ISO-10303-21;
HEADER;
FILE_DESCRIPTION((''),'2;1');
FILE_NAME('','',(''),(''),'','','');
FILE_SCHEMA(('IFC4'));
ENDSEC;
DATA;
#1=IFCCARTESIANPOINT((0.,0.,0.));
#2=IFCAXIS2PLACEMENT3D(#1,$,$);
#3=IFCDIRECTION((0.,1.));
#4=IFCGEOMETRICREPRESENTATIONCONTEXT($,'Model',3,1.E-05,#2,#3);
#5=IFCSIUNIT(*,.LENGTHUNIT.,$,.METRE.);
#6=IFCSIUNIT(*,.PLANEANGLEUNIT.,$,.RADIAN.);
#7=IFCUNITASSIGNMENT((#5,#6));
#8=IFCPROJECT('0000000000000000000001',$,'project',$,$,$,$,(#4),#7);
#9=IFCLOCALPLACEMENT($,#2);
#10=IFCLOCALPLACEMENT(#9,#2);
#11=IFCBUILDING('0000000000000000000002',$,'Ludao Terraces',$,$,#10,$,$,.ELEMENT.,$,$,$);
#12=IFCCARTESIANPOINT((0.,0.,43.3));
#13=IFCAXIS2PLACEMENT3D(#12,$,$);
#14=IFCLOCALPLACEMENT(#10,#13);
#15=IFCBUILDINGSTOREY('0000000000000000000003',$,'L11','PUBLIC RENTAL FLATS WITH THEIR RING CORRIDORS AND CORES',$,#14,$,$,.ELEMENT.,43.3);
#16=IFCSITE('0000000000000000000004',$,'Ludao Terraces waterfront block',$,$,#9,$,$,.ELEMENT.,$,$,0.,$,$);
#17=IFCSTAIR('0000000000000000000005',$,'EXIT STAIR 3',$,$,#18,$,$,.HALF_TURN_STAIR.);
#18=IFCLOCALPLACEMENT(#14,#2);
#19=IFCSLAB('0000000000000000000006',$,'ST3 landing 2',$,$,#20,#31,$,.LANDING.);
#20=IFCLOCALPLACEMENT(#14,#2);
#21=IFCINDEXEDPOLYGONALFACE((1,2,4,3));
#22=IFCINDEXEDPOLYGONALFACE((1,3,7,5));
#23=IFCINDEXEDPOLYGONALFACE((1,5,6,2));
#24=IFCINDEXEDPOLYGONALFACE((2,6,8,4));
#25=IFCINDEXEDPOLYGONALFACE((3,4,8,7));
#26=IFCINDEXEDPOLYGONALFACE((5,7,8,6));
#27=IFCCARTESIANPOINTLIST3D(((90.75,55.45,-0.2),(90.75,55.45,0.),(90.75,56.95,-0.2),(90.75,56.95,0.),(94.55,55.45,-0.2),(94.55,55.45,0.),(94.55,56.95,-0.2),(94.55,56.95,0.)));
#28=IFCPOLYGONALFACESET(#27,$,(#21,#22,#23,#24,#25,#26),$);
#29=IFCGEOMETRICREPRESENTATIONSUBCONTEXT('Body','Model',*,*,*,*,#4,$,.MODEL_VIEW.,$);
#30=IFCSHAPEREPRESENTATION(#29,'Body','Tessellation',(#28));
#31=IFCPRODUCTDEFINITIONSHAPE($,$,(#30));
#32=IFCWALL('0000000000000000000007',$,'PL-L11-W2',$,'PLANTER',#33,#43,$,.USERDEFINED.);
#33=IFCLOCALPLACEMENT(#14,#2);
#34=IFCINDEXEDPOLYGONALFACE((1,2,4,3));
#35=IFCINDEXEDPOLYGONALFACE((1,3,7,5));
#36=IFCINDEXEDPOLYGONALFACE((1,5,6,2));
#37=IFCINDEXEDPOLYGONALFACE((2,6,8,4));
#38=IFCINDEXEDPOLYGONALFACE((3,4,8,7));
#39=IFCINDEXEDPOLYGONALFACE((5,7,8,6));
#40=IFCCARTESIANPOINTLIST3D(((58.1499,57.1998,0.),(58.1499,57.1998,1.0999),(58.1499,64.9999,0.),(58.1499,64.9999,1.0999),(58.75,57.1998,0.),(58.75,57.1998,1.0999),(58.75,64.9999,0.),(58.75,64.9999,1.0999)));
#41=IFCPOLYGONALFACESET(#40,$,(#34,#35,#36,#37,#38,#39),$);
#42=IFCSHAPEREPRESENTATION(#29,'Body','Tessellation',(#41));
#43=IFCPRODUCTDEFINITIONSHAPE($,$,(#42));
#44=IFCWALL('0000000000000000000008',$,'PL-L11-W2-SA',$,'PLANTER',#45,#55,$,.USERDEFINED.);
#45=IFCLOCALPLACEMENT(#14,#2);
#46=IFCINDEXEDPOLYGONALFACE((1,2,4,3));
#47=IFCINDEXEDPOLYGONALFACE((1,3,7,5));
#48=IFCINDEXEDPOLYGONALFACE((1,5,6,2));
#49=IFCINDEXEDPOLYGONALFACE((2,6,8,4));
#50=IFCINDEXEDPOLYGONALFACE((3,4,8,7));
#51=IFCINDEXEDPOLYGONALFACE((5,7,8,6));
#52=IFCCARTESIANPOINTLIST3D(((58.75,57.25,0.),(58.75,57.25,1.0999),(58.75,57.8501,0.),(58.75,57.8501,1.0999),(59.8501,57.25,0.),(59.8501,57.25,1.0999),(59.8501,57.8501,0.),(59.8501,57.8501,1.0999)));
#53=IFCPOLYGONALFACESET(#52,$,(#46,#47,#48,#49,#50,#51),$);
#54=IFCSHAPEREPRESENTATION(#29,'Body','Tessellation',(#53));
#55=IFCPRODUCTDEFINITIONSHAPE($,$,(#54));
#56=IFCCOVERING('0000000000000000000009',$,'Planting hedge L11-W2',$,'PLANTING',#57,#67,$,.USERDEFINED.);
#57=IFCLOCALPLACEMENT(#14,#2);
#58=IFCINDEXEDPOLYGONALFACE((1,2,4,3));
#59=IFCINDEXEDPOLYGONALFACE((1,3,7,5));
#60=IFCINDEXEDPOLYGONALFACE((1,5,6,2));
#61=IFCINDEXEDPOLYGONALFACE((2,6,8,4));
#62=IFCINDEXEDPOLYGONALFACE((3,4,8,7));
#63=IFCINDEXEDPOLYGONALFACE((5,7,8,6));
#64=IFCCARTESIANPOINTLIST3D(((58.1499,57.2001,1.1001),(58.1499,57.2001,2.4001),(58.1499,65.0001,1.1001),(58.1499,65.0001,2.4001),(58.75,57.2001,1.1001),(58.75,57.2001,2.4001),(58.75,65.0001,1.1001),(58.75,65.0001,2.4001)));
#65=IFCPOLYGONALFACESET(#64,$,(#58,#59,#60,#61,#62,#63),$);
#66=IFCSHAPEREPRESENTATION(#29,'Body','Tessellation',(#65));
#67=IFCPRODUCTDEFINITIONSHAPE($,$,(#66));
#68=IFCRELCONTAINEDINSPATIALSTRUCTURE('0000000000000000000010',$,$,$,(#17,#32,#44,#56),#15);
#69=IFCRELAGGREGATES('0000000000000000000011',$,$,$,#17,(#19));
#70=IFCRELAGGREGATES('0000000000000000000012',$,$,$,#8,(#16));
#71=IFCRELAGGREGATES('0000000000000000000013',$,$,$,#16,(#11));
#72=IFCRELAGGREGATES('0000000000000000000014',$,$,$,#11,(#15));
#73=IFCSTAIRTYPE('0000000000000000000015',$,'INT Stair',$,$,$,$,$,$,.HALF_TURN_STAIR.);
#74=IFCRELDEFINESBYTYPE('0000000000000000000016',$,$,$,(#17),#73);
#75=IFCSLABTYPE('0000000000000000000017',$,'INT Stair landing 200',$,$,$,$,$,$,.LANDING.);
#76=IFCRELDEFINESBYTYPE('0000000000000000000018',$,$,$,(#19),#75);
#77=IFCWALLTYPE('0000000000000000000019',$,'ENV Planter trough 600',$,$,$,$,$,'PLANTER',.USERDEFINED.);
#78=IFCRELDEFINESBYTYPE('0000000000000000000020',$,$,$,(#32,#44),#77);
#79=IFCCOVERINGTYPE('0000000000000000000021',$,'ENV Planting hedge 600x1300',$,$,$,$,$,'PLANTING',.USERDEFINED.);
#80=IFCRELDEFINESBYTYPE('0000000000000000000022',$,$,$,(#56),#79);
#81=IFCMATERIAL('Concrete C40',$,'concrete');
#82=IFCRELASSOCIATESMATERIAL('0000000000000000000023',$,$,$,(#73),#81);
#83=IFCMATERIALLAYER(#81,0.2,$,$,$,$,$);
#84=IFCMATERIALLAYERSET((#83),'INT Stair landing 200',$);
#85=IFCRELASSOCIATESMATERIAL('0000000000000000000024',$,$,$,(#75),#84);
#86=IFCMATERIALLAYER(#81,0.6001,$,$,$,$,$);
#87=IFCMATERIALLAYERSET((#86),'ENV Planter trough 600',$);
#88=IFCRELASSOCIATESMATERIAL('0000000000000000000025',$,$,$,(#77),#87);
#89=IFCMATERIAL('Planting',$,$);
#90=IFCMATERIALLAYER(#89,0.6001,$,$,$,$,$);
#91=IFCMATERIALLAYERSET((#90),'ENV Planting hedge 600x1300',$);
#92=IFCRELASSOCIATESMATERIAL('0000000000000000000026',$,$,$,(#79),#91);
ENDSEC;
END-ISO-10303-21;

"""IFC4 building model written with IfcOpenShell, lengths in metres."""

from ifc_helpers import new_model, si_unit, direction, frame, frame_2d, origin, origin_2d, place, context, subcontext, project, spatial, polyline, rectangle, outline, extrude, material, layer, layer_set, type_object, element, aggregate, save


model = new_model("IFC4")

# Units and contexts
model_context = context("Model", 3, precision=1e-05, world=origin(), true_north=direction((0.0, 1.0)))
body_context = subcontext(model_context, "Body", "Model", "MODEL_VIEW")
ifc_project = project(units=[si_unit("LENGTHUNIT", "METRE"), si_unit("PLANEANGLEUNIT", "RADIAN")], contexts=[model_context])

# Site, building, storey
site_placement = place(None, origin())
site = spatial("IfcSite", under=ifc_project, at=site_placement, Name="Ludao Terraces waterfront block", CompositionType="ELEMENT", RefElevation=0.0)
building_placement = place(site_placement, origin())
building = spatial("IfcBuilding", under=site, at=building_placement, Name="Ludao Terraces", CompositionType="ELEMENT")
storey_placement = place(building_placement, frame((0.0, 0.0, 43.3)))
storey = spatial("IfcBuildingStorey", under=building, at=storey_placement, Name="L11", Description="PUBLIC RENTAL FLATS WITH THEIR RING CORRIDORS AND CORES", CompositionType="ELEMENT", Elevation=43.3)

# Shared definitions
ifc_material_1 = material(Name="Concrete C40", Category="concrete")

# Stair, slab
stair_type = type_object("IfcStairType", Name="INT Stair", PredefinedType="HALF_TURN_STAIR", material=ifc_material_1)
ifc_layer_1 = layer(ifc_material_1, 0.2)
ifc_layer_set_1 = layer_set([ifc_layer_1], Name="INT Stair landing 200")
slab_type_1 = type_object("IfcSlabType", Name="INT Stair landing 200", PredefinedType="LANDING", material=ifc_layer_set_1)
stair_1_placement = place(storey_placement, origin())
stair_1 = element("IfcStair", 1, at=stair_1_placement, inside=storey, type_object=stair_type, Name="EXIT STAIR 3", PredefinedType="HALF_TURN_STAIR")
slab_1_placement = place(storey_placement, frame((0.0, 0.0, -0.2)))
slab_1 = element("IfcSlab", 2, at=slab_1_placement, type_object=slab_type_1, Name="ST3 landing 2", PredefinedType="LANDING", context=body_context, shape_type="SweptSolid", body=[
    extrude(outline(polyline([(90.75, 55.45), (94.55, 55.45), (94.55, 56.95), (90.75, 56.95), (90.75, 55.45)])), origin(), (0.0, 0.0, 1.0), 0.2),
])
aggregate(stair_1, [slab_1])

# Walls
ifc_layer_2 = layer(ifc_material_1, 0.6001)
ifc_layer_set_2 = layer_set([ifc_layer_2], Name="ENV Planter trough 600")
wall_type = type_object("IfcWallType", Name="ENV Planter trough 600", ElementType="PLANTER", PredefinedType="USERDEFINED", material=ifc_layer_set_2)
wall_1_placement = place(storey_placement, frame((58.45, 57.2, 0.0), z_axis=(0.0, 0.0, 1.0), x_axis=(0.0, 1.0, 0.0)))
element("IfcWall", 3, at=wall_1_placement, inside=storey, type_object=wall_type, Name="PL-L11-W2", ObjectType="PLANTER", PredefinedType="USERDEFINED", context=body_context, shape_type="SweptSolid", body=[
    extrude(rectangle(XDim=7.8, YDim=0.6001, at=frame_2d((3.8999, 0.0))), origin(), (0.0, 0.0, 1.0), 1.0999),
])
wall_2_placement = place(storey_placement, frame((58.75, 57.55, 0.0), z_axis=(0.0, 0.0, 1.0), x_axis=(1.0, 0.0, 0.0)))
element("IfcWall", 4, at=wall_2_placement, inside=storey, type_object=wall_type, Name="PL-L11-W2-SA", ObjectType="PLANTER", PredefinedType="USERDEFINED", context=body_context, shape_type="SweptSolid", body=[
    extrude(rectangle(XDim=1.1001, YDim=0.6001, at=frame_2d((0.55, 0.0))), origin(), (0.0, 0.0, 1.0), 1.0999),
])

# Covering
ifc_material_2 = material(Name="Planting")
ifc_layer_3 = layer(ifc_material_2, 0.6001)
ifc_layer_set_3 = layer_set([ifc_layer_3], Name="ENV Planting hedge 600x1300")
covering_type = type_object("IfcCoveringType", Name="ENV Planting hedge 600x1300", ElementType="PLANTING", PredefinedType="USERDEFINED", material=ifc_layer_set_3)
covering_placement = place(storey_placement, frame((58.45, 61.1001, 1.1001), z_axis=(0.0, 0.0, 1.0), x_axis=(1.0, 0.0, 0.0)))
element("IfcCovering", 5, at=covering_placement, inside=storey, type_object=covering_type, Name="Planting hedge L11-W2", ObjectType="PLANTING", PredefinedType="USERDEFINED", context=body_context, shape_type="SweptSolid", body=[
    extrude(rectangle(XDim=0.6001, YDim=7.8, at=origin_2d()), origin(), (0.0, 0.0, 1.0), 1.3),
])

save(model, "model.ifc")
